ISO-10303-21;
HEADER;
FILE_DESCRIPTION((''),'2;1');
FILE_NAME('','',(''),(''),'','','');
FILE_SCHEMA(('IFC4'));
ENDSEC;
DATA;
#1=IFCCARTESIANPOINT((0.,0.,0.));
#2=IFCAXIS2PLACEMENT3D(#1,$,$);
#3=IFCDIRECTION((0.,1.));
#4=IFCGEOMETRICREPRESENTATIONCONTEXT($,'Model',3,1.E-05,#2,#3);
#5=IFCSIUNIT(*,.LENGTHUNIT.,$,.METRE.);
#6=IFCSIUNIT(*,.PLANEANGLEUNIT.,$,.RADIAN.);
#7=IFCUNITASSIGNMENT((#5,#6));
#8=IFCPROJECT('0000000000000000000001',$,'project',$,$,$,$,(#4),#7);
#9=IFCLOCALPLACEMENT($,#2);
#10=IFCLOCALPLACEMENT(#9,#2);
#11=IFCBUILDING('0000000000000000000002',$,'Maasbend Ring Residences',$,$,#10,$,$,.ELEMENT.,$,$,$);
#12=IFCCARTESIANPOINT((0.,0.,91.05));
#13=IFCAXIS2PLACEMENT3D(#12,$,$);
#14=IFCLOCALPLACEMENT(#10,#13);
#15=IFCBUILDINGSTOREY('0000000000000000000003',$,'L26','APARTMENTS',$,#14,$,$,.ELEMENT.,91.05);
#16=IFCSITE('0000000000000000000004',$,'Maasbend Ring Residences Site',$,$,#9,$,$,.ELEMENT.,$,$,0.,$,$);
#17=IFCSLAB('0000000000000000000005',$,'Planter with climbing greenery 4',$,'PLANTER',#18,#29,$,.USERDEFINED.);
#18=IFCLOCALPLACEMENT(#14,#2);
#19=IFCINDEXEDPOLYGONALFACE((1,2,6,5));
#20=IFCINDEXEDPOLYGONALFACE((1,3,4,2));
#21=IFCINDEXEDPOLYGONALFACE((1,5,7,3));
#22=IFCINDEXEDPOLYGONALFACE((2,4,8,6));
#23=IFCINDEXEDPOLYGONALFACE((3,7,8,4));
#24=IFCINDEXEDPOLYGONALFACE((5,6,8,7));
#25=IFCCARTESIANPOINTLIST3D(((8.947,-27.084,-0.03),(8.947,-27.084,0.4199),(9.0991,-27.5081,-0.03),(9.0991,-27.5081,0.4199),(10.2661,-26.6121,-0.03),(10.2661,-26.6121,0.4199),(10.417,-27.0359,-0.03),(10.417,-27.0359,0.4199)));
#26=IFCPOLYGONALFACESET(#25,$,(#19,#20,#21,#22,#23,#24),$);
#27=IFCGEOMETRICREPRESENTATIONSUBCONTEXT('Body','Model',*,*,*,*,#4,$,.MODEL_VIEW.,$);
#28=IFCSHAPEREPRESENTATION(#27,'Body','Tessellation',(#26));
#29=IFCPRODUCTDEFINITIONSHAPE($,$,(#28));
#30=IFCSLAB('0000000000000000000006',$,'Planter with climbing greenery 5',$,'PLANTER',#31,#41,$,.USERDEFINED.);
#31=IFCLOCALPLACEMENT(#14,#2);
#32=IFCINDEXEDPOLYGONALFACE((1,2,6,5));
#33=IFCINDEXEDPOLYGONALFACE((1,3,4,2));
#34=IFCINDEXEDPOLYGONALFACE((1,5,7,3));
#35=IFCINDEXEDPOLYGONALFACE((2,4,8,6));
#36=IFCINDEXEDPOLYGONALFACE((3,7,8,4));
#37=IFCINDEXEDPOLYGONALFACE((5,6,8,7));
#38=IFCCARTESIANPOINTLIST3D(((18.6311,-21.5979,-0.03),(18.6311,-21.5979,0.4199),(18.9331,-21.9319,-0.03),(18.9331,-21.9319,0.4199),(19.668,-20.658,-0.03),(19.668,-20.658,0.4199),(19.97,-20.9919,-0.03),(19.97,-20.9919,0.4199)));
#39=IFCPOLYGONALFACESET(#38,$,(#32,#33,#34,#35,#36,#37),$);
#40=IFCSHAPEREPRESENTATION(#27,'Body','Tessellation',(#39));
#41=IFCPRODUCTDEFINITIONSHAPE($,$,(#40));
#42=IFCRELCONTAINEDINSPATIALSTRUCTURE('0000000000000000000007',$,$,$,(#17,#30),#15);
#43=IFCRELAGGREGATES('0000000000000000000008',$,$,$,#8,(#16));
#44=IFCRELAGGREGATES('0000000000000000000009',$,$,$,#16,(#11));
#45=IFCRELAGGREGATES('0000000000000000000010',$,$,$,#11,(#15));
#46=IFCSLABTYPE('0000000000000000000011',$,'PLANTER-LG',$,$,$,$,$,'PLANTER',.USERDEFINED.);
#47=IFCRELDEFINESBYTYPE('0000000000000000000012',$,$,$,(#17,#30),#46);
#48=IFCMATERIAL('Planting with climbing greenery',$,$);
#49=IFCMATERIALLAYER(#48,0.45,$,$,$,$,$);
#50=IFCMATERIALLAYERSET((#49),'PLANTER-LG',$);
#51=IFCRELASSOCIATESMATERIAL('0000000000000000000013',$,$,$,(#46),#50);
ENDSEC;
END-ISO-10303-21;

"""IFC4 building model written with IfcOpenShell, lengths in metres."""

from ifc_helpers import new_model, si_unit, direction, frame, origin, place, context, subcontext, project, spatial, polyline, outline, extrude, material, layer, layer_set, type_object, element, save


model = new_model("IFC4")

# Units and contexts
model_context = context("Model", 3, precision=1e-05, world=origin(), true_north=direction((0.0, 1.0)))
body_context = subcontext(model_context, "Body", "Model", "MODEL_VIEW")
ifc_project = project(units=[si_unit("LENGTHUNIT", "METRE"), si_unit("PLANEANGLEUNIT", "RADIAN")], contexts=[model_context])

# Site, building, storey
site_placement = place(None, origin())
site = spatial("IfcSite", under=ifc_project, at=site_placement, Name="Maasbend Ring Residences Site", CompositionType="ELEMENT", RefElevation=0.0)
building_placement = place(site_placement, origin())
building = spatial("IfcBuilding", under=site, at=building_placement, Name="Maasbend Ring Residences", CompositionType="ELEMENT")
storey_placement = place(building_placement, frame((0.0, 0.0, 91.05)))
storey = spatial("IfcBuildingStorey", under=building, at=storey_placement, Name="L26", Description="APARTMENTS", CompositionType="ELEMENT", Elevation=91.05)

# Slabs
ifc_material_1 = material(Name="Planting with climbing greenery")
ifc_layer_1 = layer(ifc_material_1, 0.45)
ifc_layer_set_1 = layer_set([ifc_layer_1], Name="PLANTER-LG")
slab_type_1 = type_object("IfcSlabType", Name="PLANTER-LG", ElementType="PLANTER", PredefinedType="USERDEFINED", material=ifc_layer_set_1)
slab_1_placement = place(storey_placement, frame((0.0, 0.0, -0.03)))
element("IfcSlab", 1, at=slab_1_placement, inside=storey, type_object=slab_type_1, Name="Planter with climbing greenery 4", ObjectType="PLANTER", PredefinedType="USERDEFINED", context=body_context, shape_type="SweptSolid", body=[
    extrude(outline(polyline([(9.0991, -27.5081), (10.417, -27.0359), (10.2661, -26.6121), (8.947, -27.084), (9.0991, -27.5081)])), origin(), (0.0, 0.0, 1.0), 0.45),
])
slab_2_placement = place(storey_placement, frame((0.0, 0.0, -0.03)))
element("IfcSlab", 2, at=slab_2_placement, inside=storey, type_object=slab_type_1, Name="Planter with climbing greenery 5", ObjectType="PLANTER", PredefinedType="USERDEFINED", context=body_context, shape_type="SweptSolid", body=[
    extrude(outline(polyline([(18.9331, -21.9319), (19.97, -20.9919), (19.668, -20.658), (18.6311, -21.5979), (18.9331, -21.9319)])), origin(), (0.0, 0.0, 1.0), 0.45),
])

save(model, "model.ifc")
